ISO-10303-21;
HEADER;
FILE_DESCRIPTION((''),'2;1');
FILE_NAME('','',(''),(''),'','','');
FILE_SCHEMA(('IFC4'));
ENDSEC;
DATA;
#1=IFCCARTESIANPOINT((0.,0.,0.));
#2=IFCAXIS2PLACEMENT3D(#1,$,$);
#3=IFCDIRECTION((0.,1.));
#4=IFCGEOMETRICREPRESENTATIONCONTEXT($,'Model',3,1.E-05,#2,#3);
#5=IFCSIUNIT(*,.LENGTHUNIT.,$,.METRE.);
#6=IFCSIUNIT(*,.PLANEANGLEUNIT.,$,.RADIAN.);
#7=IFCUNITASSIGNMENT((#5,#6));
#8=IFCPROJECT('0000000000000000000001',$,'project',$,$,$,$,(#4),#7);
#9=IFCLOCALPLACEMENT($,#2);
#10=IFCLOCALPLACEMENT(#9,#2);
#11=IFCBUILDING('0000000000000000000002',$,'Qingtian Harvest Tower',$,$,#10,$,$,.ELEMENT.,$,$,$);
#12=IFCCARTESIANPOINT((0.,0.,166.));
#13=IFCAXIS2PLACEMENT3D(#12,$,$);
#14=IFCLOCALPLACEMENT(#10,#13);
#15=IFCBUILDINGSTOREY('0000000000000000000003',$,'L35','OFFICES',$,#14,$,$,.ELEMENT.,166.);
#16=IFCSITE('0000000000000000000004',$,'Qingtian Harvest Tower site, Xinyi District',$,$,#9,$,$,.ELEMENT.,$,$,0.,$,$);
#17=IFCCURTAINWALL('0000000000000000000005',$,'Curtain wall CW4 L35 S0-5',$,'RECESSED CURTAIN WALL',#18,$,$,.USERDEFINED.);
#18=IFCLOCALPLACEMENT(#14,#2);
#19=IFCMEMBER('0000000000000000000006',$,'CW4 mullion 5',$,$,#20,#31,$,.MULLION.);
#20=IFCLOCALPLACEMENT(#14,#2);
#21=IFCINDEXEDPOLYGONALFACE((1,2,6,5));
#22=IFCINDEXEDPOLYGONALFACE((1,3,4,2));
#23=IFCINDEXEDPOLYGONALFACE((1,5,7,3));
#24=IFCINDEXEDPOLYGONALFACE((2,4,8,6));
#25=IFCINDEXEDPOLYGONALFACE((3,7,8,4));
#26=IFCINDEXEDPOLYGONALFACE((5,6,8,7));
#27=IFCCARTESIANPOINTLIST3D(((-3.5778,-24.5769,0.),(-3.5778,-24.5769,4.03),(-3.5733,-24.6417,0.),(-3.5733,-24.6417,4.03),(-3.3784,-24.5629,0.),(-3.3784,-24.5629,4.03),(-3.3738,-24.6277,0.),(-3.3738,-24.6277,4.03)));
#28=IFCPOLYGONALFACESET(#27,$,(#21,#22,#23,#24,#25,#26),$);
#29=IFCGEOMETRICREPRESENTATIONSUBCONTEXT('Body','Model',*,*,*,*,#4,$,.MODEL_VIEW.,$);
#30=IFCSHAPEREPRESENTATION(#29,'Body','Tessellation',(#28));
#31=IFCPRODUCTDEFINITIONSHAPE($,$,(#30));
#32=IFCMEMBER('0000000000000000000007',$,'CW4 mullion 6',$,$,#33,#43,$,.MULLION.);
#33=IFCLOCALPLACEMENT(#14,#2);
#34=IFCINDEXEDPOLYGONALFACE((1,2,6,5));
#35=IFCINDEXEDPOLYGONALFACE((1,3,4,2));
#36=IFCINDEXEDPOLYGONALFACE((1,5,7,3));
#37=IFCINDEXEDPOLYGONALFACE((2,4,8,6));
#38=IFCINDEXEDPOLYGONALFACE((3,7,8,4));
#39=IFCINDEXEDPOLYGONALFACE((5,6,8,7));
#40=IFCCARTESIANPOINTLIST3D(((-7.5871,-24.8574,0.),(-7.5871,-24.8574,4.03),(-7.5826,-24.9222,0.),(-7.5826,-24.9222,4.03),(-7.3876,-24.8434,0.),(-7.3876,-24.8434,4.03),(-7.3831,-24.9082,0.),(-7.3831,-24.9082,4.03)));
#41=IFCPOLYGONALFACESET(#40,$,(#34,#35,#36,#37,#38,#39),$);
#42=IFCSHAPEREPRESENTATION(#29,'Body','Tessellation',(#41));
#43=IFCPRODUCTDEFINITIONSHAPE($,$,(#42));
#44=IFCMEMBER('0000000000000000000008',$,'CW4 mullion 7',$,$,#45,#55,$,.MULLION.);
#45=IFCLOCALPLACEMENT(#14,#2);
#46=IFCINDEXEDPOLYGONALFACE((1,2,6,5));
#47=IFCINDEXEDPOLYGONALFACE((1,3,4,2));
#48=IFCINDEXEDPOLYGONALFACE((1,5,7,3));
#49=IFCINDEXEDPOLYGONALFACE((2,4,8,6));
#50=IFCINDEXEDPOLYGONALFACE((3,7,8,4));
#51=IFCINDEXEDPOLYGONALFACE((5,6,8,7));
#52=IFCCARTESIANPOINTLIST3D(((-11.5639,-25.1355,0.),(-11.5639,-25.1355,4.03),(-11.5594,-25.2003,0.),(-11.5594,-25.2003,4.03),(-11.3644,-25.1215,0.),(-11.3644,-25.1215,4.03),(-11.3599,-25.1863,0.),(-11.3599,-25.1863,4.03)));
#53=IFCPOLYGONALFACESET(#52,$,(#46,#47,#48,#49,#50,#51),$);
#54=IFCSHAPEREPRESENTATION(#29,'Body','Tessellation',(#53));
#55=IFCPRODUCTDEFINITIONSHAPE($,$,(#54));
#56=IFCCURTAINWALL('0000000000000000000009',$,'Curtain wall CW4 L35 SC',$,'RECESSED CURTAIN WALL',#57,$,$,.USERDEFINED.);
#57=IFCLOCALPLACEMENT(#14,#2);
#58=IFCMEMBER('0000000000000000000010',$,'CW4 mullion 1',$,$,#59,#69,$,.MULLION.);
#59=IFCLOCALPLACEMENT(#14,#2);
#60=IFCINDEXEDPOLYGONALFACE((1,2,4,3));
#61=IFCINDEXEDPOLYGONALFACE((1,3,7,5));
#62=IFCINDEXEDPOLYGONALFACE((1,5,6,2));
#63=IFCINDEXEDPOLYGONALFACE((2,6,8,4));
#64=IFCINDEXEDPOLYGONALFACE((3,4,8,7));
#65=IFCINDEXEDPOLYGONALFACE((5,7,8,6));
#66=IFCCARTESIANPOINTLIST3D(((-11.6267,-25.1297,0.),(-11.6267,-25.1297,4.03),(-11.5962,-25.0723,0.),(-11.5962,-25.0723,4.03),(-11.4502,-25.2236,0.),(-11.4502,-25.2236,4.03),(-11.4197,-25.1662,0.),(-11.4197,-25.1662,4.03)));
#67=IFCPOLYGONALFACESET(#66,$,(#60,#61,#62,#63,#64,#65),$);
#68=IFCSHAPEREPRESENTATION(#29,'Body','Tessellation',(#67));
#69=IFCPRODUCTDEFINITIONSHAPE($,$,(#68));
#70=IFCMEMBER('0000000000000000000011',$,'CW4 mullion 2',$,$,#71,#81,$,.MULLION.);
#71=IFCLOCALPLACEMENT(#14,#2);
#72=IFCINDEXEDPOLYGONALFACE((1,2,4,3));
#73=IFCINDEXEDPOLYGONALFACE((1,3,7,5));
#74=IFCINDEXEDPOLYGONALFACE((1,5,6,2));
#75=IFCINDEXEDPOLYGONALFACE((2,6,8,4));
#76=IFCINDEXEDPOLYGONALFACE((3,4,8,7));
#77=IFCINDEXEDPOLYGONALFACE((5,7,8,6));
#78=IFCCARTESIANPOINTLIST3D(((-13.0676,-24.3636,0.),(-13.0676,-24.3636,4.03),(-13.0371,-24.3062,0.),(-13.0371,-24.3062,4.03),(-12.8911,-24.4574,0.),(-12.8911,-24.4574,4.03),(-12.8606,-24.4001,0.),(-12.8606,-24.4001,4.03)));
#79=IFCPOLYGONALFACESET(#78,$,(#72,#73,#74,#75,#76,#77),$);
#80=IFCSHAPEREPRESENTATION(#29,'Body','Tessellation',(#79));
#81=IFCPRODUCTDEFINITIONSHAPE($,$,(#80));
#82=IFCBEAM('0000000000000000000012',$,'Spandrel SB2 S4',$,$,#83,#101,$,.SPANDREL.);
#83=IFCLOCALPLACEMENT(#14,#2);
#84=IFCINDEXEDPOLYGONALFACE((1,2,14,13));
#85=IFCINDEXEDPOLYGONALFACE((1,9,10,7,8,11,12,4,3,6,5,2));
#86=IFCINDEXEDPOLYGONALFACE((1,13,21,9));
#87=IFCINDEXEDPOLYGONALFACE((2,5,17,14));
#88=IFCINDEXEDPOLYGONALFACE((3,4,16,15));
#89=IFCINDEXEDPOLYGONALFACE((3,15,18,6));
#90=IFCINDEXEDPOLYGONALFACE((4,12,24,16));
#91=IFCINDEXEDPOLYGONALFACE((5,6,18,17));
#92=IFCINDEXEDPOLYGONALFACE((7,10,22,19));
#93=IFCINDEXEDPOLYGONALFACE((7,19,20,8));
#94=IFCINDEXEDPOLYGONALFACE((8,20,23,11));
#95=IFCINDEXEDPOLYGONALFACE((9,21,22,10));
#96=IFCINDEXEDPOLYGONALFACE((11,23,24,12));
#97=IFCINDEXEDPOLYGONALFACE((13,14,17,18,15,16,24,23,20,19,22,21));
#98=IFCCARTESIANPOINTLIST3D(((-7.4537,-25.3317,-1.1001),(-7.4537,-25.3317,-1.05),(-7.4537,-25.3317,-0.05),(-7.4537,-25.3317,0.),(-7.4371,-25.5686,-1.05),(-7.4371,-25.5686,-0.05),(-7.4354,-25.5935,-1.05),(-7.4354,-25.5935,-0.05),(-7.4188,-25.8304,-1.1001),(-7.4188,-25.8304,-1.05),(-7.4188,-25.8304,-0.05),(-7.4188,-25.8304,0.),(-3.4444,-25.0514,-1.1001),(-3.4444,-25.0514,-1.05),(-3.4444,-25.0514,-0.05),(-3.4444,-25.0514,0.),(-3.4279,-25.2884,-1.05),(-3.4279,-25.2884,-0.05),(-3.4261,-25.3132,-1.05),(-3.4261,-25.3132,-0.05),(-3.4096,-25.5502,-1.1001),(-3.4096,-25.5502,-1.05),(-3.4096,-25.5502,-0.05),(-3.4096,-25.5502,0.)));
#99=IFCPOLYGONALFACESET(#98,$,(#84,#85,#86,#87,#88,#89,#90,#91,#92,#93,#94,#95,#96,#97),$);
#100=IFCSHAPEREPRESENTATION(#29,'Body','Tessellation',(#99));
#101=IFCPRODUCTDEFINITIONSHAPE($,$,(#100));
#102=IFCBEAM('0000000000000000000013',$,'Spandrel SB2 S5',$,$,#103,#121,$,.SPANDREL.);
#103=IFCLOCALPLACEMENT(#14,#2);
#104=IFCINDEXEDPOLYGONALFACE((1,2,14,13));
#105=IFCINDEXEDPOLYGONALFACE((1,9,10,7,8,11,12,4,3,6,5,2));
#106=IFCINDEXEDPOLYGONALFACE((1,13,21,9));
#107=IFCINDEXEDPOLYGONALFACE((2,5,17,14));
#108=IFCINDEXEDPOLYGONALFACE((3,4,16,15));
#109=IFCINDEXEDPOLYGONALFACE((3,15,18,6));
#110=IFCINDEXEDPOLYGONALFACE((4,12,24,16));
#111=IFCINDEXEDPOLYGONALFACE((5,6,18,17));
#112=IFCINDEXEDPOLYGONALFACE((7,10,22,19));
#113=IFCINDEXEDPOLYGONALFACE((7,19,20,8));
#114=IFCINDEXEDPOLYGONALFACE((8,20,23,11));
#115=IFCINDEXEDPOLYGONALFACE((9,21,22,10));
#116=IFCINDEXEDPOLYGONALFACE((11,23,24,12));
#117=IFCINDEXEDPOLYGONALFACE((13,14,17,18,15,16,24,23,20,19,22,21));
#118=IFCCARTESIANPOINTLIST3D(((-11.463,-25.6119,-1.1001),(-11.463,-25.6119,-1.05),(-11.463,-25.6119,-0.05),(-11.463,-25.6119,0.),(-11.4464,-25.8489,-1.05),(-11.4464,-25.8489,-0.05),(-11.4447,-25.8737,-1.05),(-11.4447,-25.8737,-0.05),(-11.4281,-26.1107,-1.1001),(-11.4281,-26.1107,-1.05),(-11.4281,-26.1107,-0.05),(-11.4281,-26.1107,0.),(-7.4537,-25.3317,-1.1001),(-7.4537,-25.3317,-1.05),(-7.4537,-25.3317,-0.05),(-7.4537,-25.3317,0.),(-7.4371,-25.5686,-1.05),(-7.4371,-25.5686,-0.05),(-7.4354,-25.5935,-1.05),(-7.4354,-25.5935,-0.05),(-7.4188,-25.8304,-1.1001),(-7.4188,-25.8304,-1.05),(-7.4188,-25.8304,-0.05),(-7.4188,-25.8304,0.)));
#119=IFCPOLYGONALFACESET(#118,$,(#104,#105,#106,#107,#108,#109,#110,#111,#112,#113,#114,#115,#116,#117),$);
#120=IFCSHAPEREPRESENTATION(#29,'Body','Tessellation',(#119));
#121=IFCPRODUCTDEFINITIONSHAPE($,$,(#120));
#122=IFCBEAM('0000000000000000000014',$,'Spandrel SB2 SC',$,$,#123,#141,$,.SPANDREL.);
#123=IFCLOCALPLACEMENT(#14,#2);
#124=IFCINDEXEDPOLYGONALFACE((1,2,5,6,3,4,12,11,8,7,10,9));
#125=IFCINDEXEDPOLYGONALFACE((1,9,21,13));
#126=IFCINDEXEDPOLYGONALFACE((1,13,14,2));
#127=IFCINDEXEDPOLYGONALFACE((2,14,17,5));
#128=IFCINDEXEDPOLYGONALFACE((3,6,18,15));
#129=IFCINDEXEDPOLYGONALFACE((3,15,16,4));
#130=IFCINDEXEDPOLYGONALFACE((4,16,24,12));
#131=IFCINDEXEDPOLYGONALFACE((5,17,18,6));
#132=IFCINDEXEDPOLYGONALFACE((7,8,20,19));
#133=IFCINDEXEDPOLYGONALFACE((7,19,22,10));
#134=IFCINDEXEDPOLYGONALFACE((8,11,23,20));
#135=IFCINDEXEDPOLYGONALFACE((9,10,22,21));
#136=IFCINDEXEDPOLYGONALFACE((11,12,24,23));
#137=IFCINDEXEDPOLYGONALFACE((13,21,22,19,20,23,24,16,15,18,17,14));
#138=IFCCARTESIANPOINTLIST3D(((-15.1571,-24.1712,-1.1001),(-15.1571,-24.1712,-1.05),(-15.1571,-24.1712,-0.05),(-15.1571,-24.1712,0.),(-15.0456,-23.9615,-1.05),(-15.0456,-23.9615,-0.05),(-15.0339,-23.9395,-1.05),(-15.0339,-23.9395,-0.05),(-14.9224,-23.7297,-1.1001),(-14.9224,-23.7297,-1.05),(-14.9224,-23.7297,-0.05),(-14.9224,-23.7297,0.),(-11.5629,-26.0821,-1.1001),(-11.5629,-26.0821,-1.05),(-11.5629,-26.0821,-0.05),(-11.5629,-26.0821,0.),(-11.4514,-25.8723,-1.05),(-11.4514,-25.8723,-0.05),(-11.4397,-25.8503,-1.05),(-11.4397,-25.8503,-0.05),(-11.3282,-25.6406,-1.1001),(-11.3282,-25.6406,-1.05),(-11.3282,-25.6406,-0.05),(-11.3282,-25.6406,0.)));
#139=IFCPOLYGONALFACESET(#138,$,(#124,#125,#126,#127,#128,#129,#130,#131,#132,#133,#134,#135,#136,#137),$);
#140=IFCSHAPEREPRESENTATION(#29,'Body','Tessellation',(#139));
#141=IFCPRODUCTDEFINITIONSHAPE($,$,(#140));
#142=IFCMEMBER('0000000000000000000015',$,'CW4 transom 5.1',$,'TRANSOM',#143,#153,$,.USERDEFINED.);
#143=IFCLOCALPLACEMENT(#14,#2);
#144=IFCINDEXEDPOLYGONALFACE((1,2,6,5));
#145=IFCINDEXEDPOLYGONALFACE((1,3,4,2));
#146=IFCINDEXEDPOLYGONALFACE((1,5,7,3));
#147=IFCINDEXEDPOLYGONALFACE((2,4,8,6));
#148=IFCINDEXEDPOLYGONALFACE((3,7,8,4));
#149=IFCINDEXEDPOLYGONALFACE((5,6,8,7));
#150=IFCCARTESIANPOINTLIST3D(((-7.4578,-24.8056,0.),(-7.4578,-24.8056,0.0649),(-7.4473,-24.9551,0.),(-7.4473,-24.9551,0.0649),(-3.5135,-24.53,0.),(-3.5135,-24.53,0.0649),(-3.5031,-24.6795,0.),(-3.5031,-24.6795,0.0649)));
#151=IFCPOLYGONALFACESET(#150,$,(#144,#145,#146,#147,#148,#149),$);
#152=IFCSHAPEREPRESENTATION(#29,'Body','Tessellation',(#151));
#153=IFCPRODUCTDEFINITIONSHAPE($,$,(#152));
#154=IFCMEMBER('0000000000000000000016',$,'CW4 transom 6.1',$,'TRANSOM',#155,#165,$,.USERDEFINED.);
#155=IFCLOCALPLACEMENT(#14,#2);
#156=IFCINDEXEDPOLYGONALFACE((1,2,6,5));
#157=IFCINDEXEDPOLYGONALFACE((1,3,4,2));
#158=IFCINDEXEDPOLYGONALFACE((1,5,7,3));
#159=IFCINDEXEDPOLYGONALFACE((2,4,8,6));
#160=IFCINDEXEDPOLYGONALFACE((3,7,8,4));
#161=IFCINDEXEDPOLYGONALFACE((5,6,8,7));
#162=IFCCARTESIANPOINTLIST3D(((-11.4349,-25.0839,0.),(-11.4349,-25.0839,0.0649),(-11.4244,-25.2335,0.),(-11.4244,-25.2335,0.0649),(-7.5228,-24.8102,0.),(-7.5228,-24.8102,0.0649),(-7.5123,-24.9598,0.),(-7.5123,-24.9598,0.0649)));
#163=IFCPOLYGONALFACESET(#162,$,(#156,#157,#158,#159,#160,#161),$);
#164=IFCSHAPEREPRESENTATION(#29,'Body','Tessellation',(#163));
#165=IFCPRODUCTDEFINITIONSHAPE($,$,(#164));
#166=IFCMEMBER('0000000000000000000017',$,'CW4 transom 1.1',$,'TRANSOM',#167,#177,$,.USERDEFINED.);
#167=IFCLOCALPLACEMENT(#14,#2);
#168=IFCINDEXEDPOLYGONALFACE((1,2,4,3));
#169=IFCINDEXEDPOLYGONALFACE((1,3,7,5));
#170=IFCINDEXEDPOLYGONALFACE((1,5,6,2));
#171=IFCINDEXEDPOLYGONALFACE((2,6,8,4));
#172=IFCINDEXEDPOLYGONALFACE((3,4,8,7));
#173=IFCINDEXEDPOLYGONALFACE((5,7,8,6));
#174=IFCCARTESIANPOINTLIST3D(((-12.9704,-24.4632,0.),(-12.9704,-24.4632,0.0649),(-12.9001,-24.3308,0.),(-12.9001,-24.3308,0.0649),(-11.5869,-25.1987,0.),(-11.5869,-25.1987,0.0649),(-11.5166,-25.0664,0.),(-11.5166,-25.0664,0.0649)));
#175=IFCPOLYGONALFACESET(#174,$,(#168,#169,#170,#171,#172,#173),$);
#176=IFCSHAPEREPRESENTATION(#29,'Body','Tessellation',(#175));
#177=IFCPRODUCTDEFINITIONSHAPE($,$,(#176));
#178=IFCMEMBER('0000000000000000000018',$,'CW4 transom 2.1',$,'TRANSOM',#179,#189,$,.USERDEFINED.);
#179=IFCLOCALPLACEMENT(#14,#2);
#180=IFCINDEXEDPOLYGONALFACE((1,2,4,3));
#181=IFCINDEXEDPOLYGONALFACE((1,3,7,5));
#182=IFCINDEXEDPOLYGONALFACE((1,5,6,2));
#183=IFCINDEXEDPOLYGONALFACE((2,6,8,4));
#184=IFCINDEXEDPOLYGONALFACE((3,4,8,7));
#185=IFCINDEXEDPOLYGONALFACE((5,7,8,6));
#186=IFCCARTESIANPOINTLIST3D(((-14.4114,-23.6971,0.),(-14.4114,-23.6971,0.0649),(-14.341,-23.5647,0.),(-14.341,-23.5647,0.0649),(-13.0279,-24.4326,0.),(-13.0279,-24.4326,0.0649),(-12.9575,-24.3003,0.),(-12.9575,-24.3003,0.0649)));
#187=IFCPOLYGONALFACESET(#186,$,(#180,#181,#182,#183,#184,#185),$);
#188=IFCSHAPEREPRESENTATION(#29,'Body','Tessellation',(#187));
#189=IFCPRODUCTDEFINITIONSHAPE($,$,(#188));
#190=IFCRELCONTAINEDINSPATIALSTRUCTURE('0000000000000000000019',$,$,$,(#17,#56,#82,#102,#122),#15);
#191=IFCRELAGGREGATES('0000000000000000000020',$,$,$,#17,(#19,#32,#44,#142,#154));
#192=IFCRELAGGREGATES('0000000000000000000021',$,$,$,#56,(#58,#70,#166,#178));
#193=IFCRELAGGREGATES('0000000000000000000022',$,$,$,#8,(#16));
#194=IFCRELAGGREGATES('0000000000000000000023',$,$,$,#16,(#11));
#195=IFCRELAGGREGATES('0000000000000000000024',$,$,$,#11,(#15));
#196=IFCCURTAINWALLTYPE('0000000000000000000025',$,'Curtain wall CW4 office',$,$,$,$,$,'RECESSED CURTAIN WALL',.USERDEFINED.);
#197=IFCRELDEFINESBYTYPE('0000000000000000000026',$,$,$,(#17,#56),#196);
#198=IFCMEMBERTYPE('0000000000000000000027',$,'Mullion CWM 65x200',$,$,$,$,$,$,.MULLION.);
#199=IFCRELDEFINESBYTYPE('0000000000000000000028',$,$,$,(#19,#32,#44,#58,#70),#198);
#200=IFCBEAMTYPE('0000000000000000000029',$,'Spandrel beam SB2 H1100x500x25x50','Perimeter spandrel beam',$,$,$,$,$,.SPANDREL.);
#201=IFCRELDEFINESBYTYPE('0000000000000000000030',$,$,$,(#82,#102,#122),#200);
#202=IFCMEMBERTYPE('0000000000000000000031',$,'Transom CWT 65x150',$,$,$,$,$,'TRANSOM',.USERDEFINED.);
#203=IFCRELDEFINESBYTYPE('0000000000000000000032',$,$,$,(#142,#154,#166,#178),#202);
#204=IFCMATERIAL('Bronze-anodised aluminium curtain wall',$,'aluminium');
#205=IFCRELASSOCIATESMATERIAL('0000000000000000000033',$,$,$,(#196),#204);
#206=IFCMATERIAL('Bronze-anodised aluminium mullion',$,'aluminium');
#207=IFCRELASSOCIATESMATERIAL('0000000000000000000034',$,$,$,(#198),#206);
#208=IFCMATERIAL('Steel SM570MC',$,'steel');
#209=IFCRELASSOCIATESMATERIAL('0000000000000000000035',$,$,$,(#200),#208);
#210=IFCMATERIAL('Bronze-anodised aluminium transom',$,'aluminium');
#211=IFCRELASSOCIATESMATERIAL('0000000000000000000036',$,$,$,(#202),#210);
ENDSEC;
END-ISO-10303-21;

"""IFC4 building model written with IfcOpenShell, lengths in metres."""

from ifc_helpers import new_model, si_unit, direction, frame, origin, origin_2d, place, context, subcontext, project, spatial, rectangle, i_section, extrude, material, material_profile, profile_set, type_object, element, aggregate, save


model = new_model("IFC4")

# Units and contexts
model_context = context("Model", 3, precision=1e-05, world=origin(), true_north=direction((0.0, 1.0)))
body_context = subcontext(model_context, "Body", "Model", "MODEL_VIEW")
ifc_project = project(units=[si_unit("LENGTHUNIT", "METRE"), si_unit("PLANEANGLEUNIT", "RADIAN")], contexts=[model_context])

# Site, building, storey
site_placement = place(None, origin())
site = spatial("IfcSite", under=ifc_project, at=site_placement, Name="Qingtian Harvest Tower site, Xinyi District", CompositionType="ELEMENT", RefElevation=0.0)
building_placement = place(site_placement, origin())
building = spatial("IfcBuilding", under=site, at=building_placement, Name="Qingtian Harvest Tower", CompositionType="ELEMENT")
storey_placement = place(building_placement, frame((0.0, 0.0, 166.0)))
storey = spatial("IfcBuildingStorey", under=building, at=storey_placement, Name="L35", Description="OFFICES", CompositionType="ELEMENT", Elevation=166.0)

# Curtain walls, members
ifc_material_1 = material(Name="Bronze-anodised aluminium curtain wall", Category="aluminium")
curtain_wall_type = type_object("IfcCurtainWallType", Name="Curtain wall CW4 office", ElementType="RECESSED CURTAIN WALL", PredefinedType="USERDEFINED", material=ifc_material_1)
curtain_wall_1_placement = place(storey_placement, origin())
curtain_wall_1 = element("IfcCurtainWall", 1, at=curtain_wall_1_placement, inside=storey, type_object=curtain_wall_type, Name="Curtain wall CW4 L35 S0-5", ObjectType="RECESSED CURTAIN WALL", PredefinedType="USERDEFINED")
ifc_material_2 = material(Name="Bronze-anodised aluminium mullion", Category="aluminium")
ifc_material_profile_1 = material_profile(ifc_material_2, rectangle(XDim=0.0649, YDim=0.2, at=origin_2d()), Name="AL 65x200")
ifc_profile_set_1 = profile_set([ifc_material_profile_1], Name="Bronze-anodised aluminium mullion")
member_type_1 = type_object("IfcMemberType", Name="Mullion CWM 65x200", PredefinedType="MULLION", material=ifc_profile_set_1)
member_1_placement = place(storey_placement, frame((-3.4758, -24.6023, 0.0), z_axis=(0.0, 0.0, 1.0), x_axis=(0.069756, -0.997564, 0.0)))
member_1 = element("IfcMember", 2, at=member_1_placement, type_object=member_type_1, Name="CW4 mullion 5", PredefinedType="MULLION", context=body_context, shape_type="SweptSolid", body=[
    extrude(rectangle(XDim=0.0649, YDim=0.2, at=origin_2d()), origin(), (0.0, 0.0, 1.0), 4.03),
])
member_2_placement = place(storey_placement, frame((-7.4851, -24.8828, 0.0), z_axis=(0.0, 0.0, 1.0), x_axis=(0.069756, -0.997564, 0.0)))
member_2 = element("IfcMember", 3, at=member_2_placement, type_object=member_type_1, Name="CW4 mullion 6", PredefinedType="MULLION", context=body_context, shape_type="SweptSolid", body=[
    extrude(rectangle(XDim=0.0649, YDim=0.2, at=origin_2d()), origin(), (0.0, 0.0, 1.0), 4.03),
])
member_3_placement = place(storey_placement, frame((-11.4619, -25.1609, 0.0), z_axis=(0.0, 0.0, 1.0), x_axis=(0.069756, -0.997564, 0.0)))
member_3 = element("IfcMember", 4, at=member_3_placement, type_object=member_type_1, Name="CW4 mullion 7", PredefinedType="MULLION", context=body_context, shape_type="SweptSolid", body=[
    extrude(rectangle(XDim=0.0649, YDim=0.2, at=origin_2d()), origin(), (0.0, 0.0, 1.0), 4.03),
])
curtain_wall_2_placement = place(storey_placement, origin())
curtain_wall_2 = element("IfcCurtainWall", 5, at=curtain_wall_2_placement, inside=storey, type_object=curtain_wall_type, Name="Curtain wall CW4 L35 SC", ObjectType="RECESSED CURTAIN WALL", PredefinedType="USERDEFINED")
member_4_placement = place(storey_placement, frame((-11.5232, -25.1479, 0.0), z_axis=(0.0, 0.0, 1.0), x_axis=(-0.469472, -0.882948, 0.0)))
member_4 = element("IfcMember", 6, at=member_4_placement, type_object=member_type_1, Name="CW4 mullion 1", PredefinedType="MULLION", context=body_context, shape_type="SweptSolid", body=[
    extrude(rectangle(XDim=0.0649, YDim=0.2, at=origin_2d()), origin(), (0.0, 0.0, 1.0), 4.03),
])
member_5_placement = place(storey_placement, frame((-12.9641, -24.3818, 0.0), z_axis=(0.0, 0.0, 1.0), x_axis=(-0.469472, -0.882948, 0.0)))
member_5 = element("IfcMember", 7, at=member_5_placement, type_object=member_type_1, Name="CW4 mullion 2", PredefinedType="MULLION", context=body_context, shape_type="SweptSolid", body=[
    extrude(rectangle(XDim=0.0649, YDim=0.2, at=origin_2d()), origin(), (0.0, 0.0, 1.0), 4.03),
])

# Beams
ifc_material_3 = material(Name="Steel SM570MC", Category="steel")
ifc_material_profile_2 = material_profile(ifc_material_3, i_section(OverallWidth=0.5, OverallDepth=1.1001, WebThickness=0.0249, FlangeThickness=0.05, at=origin_2d()), Name="H1100x500x25x50")
ifc_profile_set_2 = profile_set([ifc_material_profile_2], Name="Steel SM570MC")
beam_type_1 = type_object("IfcBeamType", Name="Spandrel beam SB2 H1100x500x25x50", Description="Perimeter spandrel beam", PredefinedType="SPANDREL", material=ifc_profile_set_2)
for number, where, z_axis, x_axis, name in (
    (8, (-3.427, -25.3008, -0.55), (-0.997565, -0.069736, 0.0), (0.069736, -0.997565, 0.0), "Spandrel SB2 S4"),
    (9, (-7.4363, -25.5811, -0.55), (-0.997565, -0.069736, 0.0), (0.069736, -0.997565, 0.0), "Spandrel SB2 S5"),
):
    element("IfcBeam", number, at=place(storey_placement, frame(where, z_axis=z_axis, x_axis=x_axis)), inside=storey, type_object=beam_type_1, Name=name, PredefinedType="SPANDREL", context=body_context, shape_type="SweptSolid", body=[
        extrude(i_section(OverallWidth=0.5, OverallDepth=1.1001, WebThickness=0.0249, FlangeThickness=0.05, at=origin_2d()), origin(), (0.0, 0.0, 1.0), 4.019),
    ])
beam_1_placement = place(storey_placement, frame((-11.4456, -25.8613, -0.55), z_axis=(-0.882968, 0.469433, 0.0), x_axis=(-0.469433, -0.882968, 0.0)))
element("IfcBeam", 10, at=beam_1_placement, inside=storey, type_object=beam_type_1, Name="Spandrel SB2 SC", PredefinedType="SPANDREL", context=body_context, shape_type="SweptSolid", body=[
    extrude(i_section(OverallWidth=0.5, OverallDepth=1.1001, WebThickness=0.0249, FlangeThickness=0.05, at=origin_2d()), origin(), (0.0, 0.0, 1.0), 4.0706),
])

# Members
ifc_material_4 = material(Name="Bronze-anodised aluminium transom", Category="aluminium")
ifc_material_profile_3 = material_profile(ifc_material_4, rectangle(XDim=0.1499, YDim=0.0649, at=origin_2d()), Name="AL 65x150")
ifc_profile_set_3 = profile_set([ifc_material_profile_3], Name="Bronze-anodised aluminium transom")
member_type_2 = type_object("IfcMemberType", Name="Transom CWT 65x150", ElementType="TRANSOM", PredefinedType="USERDEFINED", material=ifc_profile_set_3)
member_6_placement = place(storey_placement, frame((-3.5083, -24.6047, 0.0325), z_axis=(-0.997567, -0.069711, 0.0), x_axis=(0.069711, -0.997567, 0.0)))
member_6 = element("IfcMember", 11, at=member_6_placement, type_object=member_type_2, Name="CW4 transom 5.1", ObjectType="TRANSOM", PredefinedType="USERDEFINED", context=body_context, shape_type="SweptSolid", body=[
    extrude(rectangle(XDim=0.1499, YDim=0.0649, at=origin_2d()), origin(), (0.0, 0.0, 1.0), 3.9539),
])
member_7_placement = place(storey_placement, frame((-7.5176, -24.885, 0.0325), z_axis=(-0.997562, -0.069787, 0.0), x_axis=(0.069787, -0.997562, 0.0)))
member_7 = element("IfcMember", 12, at=member_7_placement, type_object=member_type_2, Name="CW4 transom 6.1", ObjectType="TRANSOM", PredefinedType="USERDEFINED", context=body_context, shape_type="SweptSolid", body=[
    extrude(rectangle(XDim=0.1499, YDim=0.0649, at=origin_2d()), origin(), (0.0, 0.0, 1.0), 3.9216),
])
member_8_placement = place(storey_placement, frame((-11.5518, -25.1326, 0.0325), z_axis=(-0.88296, 0.469448, 0.0), x_axis=(-0.469448, -0.88296, 0.0)))
member_8 = element("IfcMember", 13, at=member_8_placement, type_object=member_type_2, Name="CW4 transom 1.1", ObjectType="TRANSOM", PredefinedType="USERDEFINED", context=body_context, shape_type="SweptSolid", body=[
    extrude(rectangle(XDim=0.1499, YDim=0.0649, at=origin_2d()), origin(), (0.0, 0.0, 1.0), 1.5669),
])
member_9_placement = place(storey_placement, frame((-12.9927, -24.3665, 0.0325), z_axis=(-0.88296, 0.469448, 0.0), x_axis=(-0.469448, -0.88296, 0.0)))
member_9 = element("IfcMember", 14, at=member_9_placement, type_object=member_type_2, Name="CW4 transom 2.1", ObjectType="TRANSOM", PredefinedType="USERDEFINED", context=body_context, shape_type="SweptSolid", body=[
    extrude(rectangle(XDim=0.1499, YDim=0.0649, at=origin_2d()), origin(), (0.0, 0.0, 1.0), 1.5669),
])

aggregate(curtain_wall_1, [member_1, member_2, member_3, member_6, member_7])
aggregate(curtain_wall_2, [member_4, member_5, member_8, member_9])

save(model, "model.ifc")
